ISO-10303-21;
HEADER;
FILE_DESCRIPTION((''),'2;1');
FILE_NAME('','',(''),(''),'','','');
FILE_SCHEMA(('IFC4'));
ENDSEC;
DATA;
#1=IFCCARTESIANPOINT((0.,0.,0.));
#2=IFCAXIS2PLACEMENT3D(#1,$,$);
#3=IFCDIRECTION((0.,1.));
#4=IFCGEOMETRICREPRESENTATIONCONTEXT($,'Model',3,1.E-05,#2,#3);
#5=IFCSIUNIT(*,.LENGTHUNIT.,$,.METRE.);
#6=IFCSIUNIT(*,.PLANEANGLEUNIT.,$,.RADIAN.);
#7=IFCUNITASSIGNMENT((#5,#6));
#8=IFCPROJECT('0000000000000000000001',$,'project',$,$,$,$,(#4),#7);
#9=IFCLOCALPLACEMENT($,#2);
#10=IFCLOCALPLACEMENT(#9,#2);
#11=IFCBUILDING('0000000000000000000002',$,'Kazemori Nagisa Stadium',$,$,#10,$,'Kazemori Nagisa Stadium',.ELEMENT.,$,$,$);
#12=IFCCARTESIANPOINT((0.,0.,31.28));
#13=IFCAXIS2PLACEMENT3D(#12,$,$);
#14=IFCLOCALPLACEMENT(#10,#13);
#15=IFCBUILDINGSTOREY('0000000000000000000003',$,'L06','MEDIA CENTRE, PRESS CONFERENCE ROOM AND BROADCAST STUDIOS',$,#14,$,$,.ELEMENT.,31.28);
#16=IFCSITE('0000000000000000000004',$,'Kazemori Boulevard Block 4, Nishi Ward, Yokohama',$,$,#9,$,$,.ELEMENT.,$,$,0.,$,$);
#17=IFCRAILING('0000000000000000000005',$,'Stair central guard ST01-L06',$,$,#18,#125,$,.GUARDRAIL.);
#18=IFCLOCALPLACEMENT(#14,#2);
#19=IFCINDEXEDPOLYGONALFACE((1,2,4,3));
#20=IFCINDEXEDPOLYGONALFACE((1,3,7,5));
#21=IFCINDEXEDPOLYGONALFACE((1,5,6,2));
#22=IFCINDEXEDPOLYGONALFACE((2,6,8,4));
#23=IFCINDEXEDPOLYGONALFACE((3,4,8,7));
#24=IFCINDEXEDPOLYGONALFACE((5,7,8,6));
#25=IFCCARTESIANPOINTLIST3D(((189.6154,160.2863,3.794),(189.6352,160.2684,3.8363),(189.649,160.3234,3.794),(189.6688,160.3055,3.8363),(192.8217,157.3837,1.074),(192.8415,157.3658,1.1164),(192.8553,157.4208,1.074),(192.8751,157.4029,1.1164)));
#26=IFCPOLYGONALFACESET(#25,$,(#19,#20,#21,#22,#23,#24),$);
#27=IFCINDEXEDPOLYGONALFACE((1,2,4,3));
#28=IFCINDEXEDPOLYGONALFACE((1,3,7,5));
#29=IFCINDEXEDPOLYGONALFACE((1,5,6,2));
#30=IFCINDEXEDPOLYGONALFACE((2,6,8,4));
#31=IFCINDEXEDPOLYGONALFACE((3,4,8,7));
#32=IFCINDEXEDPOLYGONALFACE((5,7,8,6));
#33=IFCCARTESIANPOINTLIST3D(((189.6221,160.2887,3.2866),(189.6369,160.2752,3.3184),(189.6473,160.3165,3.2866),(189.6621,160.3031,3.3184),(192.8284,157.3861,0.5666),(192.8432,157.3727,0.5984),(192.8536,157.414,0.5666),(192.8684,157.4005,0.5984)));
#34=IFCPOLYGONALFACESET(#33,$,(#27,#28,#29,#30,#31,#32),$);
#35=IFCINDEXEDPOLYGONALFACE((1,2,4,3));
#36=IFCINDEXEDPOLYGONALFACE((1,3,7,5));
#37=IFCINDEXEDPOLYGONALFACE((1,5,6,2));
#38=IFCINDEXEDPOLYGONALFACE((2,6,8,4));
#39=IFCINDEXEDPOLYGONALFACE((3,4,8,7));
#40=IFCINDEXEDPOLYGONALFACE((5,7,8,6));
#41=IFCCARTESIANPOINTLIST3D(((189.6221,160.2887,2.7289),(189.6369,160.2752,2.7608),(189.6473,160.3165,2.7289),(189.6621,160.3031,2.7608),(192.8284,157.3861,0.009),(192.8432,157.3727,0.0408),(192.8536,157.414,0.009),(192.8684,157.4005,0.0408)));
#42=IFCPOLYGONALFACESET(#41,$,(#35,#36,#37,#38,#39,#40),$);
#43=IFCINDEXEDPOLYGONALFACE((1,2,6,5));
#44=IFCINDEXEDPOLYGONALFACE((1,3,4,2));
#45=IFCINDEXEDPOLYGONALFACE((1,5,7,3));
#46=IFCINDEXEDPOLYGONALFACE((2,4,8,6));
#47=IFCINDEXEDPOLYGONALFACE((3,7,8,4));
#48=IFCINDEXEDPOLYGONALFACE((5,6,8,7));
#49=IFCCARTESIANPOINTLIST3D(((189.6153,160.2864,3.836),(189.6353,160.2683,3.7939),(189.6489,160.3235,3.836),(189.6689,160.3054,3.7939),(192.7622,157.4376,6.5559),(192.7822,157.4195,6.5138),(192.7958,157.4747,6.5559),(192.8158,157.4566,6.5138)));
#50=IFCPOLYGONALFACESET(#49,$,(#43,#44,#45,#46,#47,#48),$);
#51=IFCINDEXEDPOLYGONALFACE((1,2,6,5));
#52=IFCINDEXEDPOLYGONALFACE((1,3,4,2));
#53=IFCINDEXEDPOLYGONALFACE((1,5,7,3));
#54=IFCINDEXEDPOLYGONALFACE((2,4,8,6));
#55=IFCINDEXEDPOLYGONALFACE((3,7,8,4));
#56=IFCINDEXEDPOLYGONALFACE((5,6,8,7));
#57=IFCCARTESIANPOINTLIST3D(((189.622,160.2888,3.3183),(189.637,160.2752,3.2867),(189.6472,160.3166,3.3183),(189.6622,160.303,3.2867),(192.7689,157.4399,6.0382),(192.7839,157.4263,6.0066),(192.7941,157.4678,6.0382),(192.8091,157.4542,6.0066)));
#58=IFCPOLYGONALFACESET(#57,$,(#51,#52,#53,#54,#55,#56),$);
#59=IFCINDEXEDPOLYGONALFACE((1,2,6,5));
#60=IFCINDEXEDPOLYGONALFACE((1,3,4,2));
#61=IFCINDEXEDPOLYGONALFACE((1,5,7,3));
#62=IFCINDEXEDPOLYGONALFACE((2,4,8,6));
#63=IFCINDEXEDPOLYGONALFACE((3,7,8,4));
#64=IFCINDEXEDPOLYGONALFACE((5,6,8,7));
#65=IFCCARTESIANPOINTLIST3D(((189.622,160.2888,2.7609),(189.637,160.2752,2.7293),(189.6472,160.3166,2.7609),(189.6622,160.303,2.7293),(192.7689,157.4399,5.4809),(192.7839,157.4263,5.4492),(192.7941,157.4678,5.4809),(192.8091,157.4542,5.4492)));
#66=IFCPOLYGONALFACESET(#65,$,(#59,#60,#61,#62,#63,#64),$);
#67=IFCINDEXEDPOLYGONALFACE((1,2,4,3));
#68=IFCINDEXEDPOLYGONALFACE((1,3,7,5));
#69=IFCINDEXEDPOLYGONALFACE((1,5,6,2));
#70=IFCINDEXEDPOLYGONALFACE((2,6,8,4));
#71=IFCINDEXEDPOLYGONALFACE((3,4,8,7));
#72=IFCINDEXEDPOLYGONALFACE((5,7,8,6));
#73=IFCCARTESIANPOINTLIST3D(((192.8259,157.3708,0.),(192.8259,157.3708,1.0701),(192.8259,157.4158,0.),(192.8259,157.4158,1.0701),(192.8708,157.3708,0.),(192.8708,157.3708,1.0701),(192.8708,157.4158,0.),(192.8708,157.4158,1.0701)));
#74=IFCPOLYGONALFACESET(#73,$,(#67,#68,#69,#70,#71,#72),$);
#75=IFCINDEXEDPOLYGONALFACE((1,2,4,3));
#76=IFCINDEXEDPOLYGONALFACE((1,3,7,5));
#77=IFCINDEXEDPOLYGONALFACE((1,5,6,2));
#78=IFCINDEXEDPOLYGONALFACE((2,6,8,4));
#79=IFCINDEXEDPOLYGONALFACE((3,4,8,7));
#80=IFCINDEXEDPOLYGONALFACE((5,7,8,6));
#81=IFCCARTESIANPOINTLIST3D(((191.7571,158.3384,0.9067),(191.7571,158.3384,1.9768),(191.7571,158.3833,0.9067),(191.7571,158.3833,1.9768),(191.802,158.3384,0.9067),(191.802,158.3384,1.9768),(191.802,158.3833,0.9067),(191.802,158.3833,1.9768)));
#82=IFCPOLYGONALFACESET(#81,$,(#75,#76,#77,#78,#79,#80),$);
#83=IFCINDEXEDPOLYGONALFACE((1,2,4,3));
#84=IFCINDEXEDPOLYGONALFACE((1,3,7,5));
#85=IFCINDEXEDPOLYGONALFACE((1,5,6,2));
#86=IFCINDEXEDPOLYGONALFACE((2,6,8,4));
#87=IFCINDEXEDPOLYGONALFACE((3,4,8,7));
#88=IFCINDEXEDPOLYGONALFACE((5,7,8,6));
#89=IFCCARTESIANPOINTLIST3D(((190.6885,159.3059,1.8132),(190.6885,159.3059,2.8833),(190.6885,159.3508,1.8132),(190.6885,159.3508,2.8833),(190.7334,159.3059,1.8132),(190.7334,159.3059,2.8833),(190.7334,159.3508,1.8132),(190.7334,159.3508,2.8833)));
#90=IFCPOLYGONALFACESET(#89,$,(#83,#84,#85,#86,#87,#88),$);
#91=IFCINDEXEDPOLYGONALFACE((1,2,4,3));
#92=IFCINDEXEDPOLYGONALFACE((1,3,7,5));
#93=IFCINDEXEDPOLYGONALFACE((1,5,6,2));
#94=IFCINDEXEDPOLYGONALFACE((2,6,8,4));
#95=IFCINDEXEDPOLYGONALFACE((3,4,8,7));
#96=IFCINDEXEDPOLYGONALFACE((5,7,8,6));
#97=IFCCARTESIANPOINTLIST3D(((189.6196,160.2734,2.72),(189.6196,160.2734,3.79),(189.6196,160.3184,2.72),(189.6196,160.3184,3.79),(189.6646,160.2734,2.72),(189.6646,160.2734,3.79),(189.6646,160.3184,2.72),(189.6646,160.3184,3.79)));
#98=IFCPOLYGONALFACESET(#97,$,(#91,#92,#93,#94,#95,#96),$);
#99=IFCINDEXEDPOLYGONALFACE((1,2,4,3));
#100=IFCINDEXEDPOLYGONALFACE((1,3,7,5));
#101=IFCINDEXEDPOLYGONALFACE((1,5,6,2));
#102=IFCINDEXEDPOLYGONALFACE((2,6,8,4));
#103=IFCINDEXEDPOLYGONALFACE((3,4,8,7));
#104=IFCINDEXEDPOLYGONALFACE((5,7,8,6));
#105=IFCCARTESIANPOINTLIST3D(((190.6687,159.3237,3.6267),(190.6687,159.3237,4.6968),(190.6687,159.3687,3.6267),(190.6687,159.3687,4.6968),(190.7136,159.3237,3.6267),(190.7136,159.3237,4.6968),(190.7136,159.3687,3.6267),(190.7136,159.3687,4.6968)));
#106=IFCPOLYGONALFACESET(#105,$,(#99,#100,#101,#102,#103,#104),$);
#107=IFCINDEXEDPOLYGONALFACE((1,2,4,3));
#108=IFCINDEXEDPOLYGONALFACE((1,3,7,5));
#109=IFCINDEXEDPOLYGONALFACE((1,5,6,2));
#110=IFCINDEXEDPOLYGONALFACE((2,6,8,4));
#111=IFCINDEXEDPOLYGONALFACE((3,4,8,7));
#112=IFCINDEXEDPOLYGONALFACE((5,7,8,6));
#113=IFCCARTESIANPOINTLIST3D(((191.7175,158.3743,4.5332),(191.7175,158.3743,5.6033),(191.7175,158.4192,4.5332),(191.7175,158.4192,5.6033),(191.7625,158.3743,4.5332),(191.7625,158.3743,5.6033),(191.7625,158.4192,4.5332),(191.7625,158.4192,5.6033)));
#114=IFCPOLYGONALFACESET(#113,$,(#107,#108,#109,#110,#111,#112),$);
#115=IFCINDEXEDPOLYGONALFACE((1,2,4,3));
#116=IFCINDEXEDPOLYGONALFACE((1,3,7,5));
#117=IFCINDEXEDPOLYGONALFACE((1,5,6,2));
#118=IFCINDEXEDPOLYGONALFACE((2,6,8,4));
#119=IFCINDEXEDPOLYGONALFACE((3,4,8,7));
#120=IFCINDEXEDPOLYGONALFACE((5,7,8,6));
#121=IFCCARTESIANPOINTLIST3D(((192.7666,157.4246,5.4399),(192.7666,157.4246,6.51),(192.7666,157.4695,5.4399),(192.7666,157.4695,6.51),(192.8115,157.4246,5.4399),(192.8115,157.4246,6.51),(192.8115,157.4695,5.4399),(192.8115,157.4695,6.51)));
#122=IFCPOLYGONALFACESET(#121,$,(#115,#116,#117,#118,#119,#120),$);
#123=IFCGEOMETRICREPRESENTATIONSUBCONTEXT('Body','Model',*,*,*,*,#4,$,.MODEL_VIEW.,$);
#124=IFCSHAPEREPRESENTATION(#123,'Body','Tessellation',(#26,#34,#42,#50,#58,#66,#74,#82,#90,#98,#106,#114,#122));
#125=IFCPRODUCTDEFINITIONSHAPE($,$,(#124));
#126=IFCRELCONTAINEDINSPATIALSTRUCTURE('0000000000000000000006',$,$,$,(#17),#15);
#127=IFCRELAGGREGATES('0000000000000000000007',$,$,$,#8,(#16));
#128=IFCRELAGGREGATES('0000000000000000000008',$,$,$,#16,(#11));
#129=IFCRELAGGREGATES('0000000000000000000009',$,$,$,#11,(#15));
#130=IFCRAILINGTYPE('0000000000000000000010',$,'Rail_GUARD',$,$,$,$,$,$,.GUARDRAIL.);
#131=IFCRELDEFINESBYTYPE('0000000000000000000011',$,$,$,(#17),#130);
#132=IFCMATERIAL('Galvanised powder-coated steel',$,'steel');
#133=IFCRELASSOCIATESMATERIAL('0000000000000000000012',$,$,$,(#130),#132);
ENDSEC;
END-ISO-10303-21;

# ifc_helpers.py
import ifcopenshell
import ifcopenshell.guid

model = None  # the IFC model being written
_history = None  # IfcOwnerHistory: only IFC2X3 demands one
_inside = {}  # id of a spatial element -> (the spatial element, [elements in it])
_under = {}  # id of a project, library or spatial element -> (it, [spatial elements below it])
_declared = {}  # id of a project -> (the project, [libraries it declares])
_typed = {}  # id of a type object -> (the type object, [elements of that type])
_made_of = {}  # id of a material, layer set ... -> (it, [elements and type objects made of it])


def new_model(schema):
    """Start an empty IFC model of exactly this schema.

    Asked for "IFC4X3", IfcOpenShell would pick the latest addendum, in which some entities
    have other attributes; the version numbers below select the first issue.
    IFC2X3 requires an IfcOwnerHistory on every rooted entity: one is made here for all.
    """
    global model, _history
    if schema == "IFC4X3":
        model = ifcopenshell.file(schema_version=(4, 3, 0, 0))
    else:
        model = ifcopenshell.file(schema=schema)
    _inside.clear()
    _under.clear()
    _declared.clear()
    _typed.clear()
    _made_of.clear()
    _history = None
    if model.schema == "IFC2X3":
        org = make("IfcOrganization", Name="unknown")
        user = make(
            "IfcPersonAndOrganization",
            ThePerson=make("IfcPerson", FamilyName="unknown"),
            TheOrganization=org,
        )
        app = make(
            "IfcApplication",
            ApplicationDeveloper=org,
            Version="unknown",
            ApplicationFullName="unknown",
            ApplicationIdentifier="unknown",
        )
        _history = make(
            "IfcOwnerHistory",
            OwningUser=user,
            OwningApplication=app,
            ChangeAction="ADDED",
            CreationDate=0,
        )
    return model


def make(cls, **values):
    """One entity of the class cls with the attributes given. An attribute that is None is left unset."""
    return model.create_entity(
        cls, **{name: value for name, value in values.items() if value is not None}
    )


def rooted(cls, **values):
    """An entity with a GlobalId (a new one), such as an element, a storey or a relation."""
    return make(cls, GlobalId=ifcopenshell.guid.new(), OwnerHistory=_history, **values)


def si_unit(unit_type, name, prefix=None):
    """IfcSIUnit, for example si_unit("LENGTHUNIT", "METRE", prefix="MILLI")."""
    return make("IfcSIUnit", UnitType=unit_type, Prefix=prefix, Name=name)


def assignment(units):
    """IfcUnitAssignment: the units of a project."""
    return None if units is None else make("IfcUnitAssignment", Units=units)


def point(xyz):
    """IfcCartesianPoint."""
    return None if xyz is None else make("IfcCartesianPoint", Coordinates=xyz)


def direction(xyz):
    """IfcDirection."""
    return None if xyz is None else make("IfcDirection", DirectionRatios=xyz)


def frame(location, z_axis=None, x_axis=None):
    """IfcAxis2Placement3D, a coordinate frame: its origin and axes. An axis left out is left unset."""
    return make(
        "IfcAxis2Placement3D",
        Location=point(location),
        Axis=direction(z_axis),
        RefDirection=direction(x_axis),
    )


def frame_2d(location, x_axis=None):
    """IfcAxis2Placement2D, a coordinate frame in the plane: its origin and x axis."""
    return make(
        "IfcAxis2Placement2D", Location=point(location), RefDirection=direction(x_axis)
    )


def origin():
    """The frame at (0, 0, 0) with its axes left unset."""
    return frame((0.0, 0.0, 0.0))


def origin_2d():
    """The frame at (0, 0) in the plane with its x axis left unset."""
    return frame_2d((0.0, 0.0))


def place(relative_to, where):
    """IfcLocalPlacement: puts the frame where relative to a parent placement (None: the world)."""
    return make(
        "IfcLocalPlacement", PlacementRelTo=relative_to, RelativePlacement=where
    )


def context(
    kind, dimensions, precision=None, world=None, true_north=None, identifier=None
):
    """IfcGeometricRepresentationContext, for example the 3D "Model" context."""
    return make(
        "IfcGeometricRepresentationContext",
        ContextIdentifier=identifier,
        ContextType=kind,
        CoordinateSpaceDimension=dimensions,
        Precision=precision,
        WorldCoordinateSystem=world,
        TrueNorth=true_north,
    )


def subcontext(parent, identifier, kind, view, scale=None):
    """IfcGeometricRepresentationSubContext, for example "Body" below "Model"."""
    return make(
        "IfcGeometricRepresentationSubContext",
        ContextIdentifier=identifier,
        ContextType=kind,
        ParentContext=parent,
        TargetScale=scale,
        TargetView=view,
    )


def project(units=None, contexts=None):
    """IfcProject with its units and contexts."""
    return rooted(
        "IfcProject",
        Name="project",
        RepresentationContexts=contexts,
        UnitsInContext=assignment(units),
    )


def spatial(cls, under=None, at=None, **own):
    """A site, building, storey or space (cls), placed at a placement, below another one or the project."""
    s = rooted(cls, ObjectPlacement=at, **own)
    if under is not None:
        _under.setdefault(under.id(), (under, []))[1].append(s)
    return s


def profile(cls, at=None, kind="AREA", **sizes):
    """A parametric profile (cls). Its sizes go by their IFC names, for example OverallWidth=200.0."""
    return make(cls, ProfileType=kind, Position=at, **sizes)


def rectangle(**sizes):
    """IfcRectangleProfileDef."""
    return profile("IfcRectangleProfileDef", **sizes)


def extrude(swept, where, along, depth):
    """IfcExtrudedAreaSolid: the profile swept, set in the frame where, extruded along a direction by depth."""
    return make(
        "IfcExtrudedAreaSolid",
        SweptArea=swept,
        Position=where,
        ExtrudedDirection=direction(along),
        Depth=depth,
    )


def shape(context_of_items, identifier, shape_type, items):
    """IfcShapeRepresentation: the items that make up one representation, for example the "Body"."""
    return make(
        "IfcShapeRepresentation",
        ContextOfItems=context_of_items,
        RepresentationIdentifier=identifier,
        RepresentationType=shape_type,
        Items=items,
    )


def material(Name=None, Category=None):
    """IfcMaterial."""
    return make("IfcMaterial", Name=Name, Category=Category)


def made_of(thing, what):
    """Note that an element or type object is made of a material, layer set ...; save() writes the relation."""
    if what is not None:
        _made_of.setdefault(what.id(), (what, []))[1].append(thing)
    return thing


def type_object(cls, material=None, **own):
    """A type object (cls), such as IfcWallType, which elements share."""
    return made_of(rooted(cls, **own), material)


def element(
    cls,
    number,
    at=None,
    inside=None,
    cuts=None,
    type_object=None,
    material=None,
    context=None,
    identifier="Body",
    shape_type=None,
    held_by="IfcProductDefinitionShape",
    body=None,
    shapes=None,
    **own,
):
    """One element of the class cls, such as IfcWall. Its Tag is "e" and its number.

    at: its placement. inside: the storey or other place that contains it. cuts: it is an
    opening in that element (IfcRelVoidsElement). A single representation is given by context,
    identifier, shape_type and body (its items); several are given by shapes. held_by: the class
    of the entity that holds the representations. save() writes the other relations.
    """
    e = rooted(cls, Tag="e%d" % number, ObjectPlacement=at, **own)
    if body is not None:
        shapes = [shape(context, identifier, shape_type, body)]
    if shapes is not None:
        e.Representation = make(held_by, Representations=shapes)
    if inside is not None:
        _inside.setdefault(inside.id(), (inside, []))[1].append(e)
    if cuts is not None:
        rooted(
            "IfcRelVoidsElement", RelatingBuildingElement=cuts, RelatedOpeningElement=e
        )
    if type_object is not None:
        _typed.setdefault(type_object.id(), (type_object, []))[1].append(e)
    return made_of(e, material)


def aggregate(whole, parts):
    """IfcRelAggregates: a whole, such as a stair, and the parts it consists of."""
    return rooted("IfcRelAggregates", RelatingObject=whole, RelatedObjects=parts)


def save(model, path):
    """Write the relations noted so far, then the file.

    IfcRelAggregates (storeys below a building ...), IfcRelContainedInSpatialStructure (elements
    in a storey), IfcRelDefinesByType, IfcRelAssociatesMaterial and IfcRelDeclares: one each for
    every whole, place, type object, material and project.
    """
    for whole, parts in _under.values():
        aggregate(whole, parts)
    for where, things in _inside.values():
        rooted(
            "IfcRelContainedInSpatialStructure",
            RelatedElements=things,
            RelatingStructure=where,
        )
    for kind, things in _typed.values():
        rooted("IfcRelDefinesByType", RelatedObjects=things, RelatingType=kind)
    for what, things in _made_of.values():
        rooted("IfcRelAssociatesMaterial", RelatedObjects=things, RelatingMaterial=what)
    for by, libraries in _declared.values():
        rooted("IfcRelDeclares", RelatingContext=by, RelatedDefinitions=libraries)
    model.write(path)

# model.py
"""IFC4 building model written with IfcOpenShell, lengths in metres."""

from ifc_helpers import new_model, si_unit, direction, frame, origin, origin_2d, place, context, subcontext, project, spatial, rectangle, extrude, material, type_object, element, save


model = new_model("IFC4")

# Units and contexts
model_context = context("Model", 3, precision=1e-05, world=origin(), true_north=direction((0.0, 1.0)))
body_context = subcontext(model_context, "Body", "Model", "MODEL_VIEW")
ifc_project = project(units=[si_unit("LENGTHUNIT", "METRE"), si_unit("PLANEANGLEUNIT", "RADIAN")], contexts=[model_context])

# Site, building, storey
site_placement = place(None, origin())
site = spatial("IfcSite", under=ifc_project, at=site_placement, Name="Kazemori Boulevard Block 4, Nishi Ward, Yokohama", CompositionType="ELEMENT", RefElevation=0.0)
building_placement = place(site_placement, origin())
building = spatial("IfcBuilding", under=site, at=building_placement, Name="Kazemori Nagisa Stadium", LongName="Kazemori Nagisa Stadium", CompositionType="ELEMENT")
storey_placement = place(building_placement, frame((0.0, 0.0, 31.28)))
storey = spatial("IfcBuildingStorey", under=building, at=storey_placement, Name="L06", Description="MEDIA CENTRE, PRESS CONFERENCE ROOM AND BROADCAST STUDIOS", CompositionType="ELEMENT", Elevation=31.28)

# Railing
ifc_material_1 = material(Name="Galvanised powder-coated steel", Category="steel")
railing_type_1 = type_object("IfcRailingType", Name="Rail_GUARD", PredefinedType="GUARDRAIL", material=ifc_material_1)
railing_1_placement = place(storey_placement, frame((192.8484, 157.3933, 0.0)))
element("IfcRailing", 1, at=railing_1_placement, inside=storey, type_object=railing_type_1, Name="Stair central guard ST01-L06", PredefinedType="GUARDRAIL", context=body_context, shape_type="SweptSolid", body=[
    extrude(rectangle(XDim=0.05, YDim=0.05, at=origin_2d()), frame((0.0, 0.0, 1.0952), z_axis=(-0.627558, 0.568113, 0.53237), x_axis=(-0.671123, -0.741346, 0.0)), (0.0, 0.0, 1.0), 5.1091),
    extrude(rectangle(XDim=0.0376, YDim=0.0376, at=origin_2d()), frame((0.0, 0.0, 0.5825), z_axis=(-0.627558, 0.568113, 0.53237), x_axis=(-0.671123, -0.741346, 0.0)), (0.0, 0.0, 1.0), 5.1091),
    extrude(rectangle(XDim=0.0376, YDim=0.0376, at=origin_2d()), frame((0.0, 0.0, 0.0249), z_axis=(-0.627558, 0.568113, 0.53237), x_axis=(-0.671123, -0.741346, 0.0)), (0.0, 0.0, 1.0), 5.1091),
    extrude(rectangle(XDim=0.05, YDim=0.05, at=origin_2d()), frame((-3.2063, 2.9026, 3.8149), z_axis=(0.624201, -0.565073, 0.539505), x_axis=(0.671123, 0.741346, 0.0)), (0.0, 0.0, 1.0), 5.0415),
    extrude(rectangle(XDim=0.0376, YDim=0.0376, at=origin_2d()), frame((-3.2063, 2.9026, 3.3025), z_axis=(0.624201, -0.565073, 0.539505), x_axis=(0.671123, 0.741346, 0.0)), (0.0, 0.0, 1.0), 5.0415),
    extrude(rectangle(XDim=0.0376, YDim=0.0376, at=origin_2d()), frame((-3.2063, 2.9026, 2.7451), z_axis=(0.624201, -0.565073, 0.539505), x_axis=(0.671123, 0.741346, 0.0)), (0.0, 0.0, 1.0), 5.0415),
    extrude(rectangle(XDim=0.0449, YDim=0.0449, at=origin_2d()), origin(), (0.0, 0.0, 1.0), 1.0701),
    extrude(rectangle(XDim=0.0449, YDim=0.0449, at=origin_2d()), frame((-1.0688, 0.9675, 0.9067)), (0.0, 0.0, 1.0), 1.0701),
    extrude(rectangle(XDim=0.0449, YDim=0.0449, at=origin_2d()), frame((-2.1375, 1.9351, 1.8132)), (0.0, 0.0, 1.0), 1.0701),
    extrude(rectangle(XDim=0.0449, YDim=0.0449, at=origin_2d()), frame((-3.2063, 2.9026, 2.72)), (0.0, 0.0, 1.0), 1.0701),
    extrude(rectangle(XDim=0.0449, YDim=0.0449, at=origin_2d()), frame((-2.1572, 1.9529, 3.6267)), (0.0, 0.0, 1.0), 1.0701),
    extrude(rectangle(XDim=0.0449, YDim=0.0449, at=origin_2d()), frame((-1.1084, 1.0034, 4.5332)), (0.0, 0.0, 1.0), 1.0701),
    extrude(rectangle(XDim=0.0449, YDim=0.0449, at=origin_2d()), frame((-0.0593, 0.0537, 5.4399)), (0.0, 0.0, 1.0), 1.0701),
])

save(model, "model.ifc")
